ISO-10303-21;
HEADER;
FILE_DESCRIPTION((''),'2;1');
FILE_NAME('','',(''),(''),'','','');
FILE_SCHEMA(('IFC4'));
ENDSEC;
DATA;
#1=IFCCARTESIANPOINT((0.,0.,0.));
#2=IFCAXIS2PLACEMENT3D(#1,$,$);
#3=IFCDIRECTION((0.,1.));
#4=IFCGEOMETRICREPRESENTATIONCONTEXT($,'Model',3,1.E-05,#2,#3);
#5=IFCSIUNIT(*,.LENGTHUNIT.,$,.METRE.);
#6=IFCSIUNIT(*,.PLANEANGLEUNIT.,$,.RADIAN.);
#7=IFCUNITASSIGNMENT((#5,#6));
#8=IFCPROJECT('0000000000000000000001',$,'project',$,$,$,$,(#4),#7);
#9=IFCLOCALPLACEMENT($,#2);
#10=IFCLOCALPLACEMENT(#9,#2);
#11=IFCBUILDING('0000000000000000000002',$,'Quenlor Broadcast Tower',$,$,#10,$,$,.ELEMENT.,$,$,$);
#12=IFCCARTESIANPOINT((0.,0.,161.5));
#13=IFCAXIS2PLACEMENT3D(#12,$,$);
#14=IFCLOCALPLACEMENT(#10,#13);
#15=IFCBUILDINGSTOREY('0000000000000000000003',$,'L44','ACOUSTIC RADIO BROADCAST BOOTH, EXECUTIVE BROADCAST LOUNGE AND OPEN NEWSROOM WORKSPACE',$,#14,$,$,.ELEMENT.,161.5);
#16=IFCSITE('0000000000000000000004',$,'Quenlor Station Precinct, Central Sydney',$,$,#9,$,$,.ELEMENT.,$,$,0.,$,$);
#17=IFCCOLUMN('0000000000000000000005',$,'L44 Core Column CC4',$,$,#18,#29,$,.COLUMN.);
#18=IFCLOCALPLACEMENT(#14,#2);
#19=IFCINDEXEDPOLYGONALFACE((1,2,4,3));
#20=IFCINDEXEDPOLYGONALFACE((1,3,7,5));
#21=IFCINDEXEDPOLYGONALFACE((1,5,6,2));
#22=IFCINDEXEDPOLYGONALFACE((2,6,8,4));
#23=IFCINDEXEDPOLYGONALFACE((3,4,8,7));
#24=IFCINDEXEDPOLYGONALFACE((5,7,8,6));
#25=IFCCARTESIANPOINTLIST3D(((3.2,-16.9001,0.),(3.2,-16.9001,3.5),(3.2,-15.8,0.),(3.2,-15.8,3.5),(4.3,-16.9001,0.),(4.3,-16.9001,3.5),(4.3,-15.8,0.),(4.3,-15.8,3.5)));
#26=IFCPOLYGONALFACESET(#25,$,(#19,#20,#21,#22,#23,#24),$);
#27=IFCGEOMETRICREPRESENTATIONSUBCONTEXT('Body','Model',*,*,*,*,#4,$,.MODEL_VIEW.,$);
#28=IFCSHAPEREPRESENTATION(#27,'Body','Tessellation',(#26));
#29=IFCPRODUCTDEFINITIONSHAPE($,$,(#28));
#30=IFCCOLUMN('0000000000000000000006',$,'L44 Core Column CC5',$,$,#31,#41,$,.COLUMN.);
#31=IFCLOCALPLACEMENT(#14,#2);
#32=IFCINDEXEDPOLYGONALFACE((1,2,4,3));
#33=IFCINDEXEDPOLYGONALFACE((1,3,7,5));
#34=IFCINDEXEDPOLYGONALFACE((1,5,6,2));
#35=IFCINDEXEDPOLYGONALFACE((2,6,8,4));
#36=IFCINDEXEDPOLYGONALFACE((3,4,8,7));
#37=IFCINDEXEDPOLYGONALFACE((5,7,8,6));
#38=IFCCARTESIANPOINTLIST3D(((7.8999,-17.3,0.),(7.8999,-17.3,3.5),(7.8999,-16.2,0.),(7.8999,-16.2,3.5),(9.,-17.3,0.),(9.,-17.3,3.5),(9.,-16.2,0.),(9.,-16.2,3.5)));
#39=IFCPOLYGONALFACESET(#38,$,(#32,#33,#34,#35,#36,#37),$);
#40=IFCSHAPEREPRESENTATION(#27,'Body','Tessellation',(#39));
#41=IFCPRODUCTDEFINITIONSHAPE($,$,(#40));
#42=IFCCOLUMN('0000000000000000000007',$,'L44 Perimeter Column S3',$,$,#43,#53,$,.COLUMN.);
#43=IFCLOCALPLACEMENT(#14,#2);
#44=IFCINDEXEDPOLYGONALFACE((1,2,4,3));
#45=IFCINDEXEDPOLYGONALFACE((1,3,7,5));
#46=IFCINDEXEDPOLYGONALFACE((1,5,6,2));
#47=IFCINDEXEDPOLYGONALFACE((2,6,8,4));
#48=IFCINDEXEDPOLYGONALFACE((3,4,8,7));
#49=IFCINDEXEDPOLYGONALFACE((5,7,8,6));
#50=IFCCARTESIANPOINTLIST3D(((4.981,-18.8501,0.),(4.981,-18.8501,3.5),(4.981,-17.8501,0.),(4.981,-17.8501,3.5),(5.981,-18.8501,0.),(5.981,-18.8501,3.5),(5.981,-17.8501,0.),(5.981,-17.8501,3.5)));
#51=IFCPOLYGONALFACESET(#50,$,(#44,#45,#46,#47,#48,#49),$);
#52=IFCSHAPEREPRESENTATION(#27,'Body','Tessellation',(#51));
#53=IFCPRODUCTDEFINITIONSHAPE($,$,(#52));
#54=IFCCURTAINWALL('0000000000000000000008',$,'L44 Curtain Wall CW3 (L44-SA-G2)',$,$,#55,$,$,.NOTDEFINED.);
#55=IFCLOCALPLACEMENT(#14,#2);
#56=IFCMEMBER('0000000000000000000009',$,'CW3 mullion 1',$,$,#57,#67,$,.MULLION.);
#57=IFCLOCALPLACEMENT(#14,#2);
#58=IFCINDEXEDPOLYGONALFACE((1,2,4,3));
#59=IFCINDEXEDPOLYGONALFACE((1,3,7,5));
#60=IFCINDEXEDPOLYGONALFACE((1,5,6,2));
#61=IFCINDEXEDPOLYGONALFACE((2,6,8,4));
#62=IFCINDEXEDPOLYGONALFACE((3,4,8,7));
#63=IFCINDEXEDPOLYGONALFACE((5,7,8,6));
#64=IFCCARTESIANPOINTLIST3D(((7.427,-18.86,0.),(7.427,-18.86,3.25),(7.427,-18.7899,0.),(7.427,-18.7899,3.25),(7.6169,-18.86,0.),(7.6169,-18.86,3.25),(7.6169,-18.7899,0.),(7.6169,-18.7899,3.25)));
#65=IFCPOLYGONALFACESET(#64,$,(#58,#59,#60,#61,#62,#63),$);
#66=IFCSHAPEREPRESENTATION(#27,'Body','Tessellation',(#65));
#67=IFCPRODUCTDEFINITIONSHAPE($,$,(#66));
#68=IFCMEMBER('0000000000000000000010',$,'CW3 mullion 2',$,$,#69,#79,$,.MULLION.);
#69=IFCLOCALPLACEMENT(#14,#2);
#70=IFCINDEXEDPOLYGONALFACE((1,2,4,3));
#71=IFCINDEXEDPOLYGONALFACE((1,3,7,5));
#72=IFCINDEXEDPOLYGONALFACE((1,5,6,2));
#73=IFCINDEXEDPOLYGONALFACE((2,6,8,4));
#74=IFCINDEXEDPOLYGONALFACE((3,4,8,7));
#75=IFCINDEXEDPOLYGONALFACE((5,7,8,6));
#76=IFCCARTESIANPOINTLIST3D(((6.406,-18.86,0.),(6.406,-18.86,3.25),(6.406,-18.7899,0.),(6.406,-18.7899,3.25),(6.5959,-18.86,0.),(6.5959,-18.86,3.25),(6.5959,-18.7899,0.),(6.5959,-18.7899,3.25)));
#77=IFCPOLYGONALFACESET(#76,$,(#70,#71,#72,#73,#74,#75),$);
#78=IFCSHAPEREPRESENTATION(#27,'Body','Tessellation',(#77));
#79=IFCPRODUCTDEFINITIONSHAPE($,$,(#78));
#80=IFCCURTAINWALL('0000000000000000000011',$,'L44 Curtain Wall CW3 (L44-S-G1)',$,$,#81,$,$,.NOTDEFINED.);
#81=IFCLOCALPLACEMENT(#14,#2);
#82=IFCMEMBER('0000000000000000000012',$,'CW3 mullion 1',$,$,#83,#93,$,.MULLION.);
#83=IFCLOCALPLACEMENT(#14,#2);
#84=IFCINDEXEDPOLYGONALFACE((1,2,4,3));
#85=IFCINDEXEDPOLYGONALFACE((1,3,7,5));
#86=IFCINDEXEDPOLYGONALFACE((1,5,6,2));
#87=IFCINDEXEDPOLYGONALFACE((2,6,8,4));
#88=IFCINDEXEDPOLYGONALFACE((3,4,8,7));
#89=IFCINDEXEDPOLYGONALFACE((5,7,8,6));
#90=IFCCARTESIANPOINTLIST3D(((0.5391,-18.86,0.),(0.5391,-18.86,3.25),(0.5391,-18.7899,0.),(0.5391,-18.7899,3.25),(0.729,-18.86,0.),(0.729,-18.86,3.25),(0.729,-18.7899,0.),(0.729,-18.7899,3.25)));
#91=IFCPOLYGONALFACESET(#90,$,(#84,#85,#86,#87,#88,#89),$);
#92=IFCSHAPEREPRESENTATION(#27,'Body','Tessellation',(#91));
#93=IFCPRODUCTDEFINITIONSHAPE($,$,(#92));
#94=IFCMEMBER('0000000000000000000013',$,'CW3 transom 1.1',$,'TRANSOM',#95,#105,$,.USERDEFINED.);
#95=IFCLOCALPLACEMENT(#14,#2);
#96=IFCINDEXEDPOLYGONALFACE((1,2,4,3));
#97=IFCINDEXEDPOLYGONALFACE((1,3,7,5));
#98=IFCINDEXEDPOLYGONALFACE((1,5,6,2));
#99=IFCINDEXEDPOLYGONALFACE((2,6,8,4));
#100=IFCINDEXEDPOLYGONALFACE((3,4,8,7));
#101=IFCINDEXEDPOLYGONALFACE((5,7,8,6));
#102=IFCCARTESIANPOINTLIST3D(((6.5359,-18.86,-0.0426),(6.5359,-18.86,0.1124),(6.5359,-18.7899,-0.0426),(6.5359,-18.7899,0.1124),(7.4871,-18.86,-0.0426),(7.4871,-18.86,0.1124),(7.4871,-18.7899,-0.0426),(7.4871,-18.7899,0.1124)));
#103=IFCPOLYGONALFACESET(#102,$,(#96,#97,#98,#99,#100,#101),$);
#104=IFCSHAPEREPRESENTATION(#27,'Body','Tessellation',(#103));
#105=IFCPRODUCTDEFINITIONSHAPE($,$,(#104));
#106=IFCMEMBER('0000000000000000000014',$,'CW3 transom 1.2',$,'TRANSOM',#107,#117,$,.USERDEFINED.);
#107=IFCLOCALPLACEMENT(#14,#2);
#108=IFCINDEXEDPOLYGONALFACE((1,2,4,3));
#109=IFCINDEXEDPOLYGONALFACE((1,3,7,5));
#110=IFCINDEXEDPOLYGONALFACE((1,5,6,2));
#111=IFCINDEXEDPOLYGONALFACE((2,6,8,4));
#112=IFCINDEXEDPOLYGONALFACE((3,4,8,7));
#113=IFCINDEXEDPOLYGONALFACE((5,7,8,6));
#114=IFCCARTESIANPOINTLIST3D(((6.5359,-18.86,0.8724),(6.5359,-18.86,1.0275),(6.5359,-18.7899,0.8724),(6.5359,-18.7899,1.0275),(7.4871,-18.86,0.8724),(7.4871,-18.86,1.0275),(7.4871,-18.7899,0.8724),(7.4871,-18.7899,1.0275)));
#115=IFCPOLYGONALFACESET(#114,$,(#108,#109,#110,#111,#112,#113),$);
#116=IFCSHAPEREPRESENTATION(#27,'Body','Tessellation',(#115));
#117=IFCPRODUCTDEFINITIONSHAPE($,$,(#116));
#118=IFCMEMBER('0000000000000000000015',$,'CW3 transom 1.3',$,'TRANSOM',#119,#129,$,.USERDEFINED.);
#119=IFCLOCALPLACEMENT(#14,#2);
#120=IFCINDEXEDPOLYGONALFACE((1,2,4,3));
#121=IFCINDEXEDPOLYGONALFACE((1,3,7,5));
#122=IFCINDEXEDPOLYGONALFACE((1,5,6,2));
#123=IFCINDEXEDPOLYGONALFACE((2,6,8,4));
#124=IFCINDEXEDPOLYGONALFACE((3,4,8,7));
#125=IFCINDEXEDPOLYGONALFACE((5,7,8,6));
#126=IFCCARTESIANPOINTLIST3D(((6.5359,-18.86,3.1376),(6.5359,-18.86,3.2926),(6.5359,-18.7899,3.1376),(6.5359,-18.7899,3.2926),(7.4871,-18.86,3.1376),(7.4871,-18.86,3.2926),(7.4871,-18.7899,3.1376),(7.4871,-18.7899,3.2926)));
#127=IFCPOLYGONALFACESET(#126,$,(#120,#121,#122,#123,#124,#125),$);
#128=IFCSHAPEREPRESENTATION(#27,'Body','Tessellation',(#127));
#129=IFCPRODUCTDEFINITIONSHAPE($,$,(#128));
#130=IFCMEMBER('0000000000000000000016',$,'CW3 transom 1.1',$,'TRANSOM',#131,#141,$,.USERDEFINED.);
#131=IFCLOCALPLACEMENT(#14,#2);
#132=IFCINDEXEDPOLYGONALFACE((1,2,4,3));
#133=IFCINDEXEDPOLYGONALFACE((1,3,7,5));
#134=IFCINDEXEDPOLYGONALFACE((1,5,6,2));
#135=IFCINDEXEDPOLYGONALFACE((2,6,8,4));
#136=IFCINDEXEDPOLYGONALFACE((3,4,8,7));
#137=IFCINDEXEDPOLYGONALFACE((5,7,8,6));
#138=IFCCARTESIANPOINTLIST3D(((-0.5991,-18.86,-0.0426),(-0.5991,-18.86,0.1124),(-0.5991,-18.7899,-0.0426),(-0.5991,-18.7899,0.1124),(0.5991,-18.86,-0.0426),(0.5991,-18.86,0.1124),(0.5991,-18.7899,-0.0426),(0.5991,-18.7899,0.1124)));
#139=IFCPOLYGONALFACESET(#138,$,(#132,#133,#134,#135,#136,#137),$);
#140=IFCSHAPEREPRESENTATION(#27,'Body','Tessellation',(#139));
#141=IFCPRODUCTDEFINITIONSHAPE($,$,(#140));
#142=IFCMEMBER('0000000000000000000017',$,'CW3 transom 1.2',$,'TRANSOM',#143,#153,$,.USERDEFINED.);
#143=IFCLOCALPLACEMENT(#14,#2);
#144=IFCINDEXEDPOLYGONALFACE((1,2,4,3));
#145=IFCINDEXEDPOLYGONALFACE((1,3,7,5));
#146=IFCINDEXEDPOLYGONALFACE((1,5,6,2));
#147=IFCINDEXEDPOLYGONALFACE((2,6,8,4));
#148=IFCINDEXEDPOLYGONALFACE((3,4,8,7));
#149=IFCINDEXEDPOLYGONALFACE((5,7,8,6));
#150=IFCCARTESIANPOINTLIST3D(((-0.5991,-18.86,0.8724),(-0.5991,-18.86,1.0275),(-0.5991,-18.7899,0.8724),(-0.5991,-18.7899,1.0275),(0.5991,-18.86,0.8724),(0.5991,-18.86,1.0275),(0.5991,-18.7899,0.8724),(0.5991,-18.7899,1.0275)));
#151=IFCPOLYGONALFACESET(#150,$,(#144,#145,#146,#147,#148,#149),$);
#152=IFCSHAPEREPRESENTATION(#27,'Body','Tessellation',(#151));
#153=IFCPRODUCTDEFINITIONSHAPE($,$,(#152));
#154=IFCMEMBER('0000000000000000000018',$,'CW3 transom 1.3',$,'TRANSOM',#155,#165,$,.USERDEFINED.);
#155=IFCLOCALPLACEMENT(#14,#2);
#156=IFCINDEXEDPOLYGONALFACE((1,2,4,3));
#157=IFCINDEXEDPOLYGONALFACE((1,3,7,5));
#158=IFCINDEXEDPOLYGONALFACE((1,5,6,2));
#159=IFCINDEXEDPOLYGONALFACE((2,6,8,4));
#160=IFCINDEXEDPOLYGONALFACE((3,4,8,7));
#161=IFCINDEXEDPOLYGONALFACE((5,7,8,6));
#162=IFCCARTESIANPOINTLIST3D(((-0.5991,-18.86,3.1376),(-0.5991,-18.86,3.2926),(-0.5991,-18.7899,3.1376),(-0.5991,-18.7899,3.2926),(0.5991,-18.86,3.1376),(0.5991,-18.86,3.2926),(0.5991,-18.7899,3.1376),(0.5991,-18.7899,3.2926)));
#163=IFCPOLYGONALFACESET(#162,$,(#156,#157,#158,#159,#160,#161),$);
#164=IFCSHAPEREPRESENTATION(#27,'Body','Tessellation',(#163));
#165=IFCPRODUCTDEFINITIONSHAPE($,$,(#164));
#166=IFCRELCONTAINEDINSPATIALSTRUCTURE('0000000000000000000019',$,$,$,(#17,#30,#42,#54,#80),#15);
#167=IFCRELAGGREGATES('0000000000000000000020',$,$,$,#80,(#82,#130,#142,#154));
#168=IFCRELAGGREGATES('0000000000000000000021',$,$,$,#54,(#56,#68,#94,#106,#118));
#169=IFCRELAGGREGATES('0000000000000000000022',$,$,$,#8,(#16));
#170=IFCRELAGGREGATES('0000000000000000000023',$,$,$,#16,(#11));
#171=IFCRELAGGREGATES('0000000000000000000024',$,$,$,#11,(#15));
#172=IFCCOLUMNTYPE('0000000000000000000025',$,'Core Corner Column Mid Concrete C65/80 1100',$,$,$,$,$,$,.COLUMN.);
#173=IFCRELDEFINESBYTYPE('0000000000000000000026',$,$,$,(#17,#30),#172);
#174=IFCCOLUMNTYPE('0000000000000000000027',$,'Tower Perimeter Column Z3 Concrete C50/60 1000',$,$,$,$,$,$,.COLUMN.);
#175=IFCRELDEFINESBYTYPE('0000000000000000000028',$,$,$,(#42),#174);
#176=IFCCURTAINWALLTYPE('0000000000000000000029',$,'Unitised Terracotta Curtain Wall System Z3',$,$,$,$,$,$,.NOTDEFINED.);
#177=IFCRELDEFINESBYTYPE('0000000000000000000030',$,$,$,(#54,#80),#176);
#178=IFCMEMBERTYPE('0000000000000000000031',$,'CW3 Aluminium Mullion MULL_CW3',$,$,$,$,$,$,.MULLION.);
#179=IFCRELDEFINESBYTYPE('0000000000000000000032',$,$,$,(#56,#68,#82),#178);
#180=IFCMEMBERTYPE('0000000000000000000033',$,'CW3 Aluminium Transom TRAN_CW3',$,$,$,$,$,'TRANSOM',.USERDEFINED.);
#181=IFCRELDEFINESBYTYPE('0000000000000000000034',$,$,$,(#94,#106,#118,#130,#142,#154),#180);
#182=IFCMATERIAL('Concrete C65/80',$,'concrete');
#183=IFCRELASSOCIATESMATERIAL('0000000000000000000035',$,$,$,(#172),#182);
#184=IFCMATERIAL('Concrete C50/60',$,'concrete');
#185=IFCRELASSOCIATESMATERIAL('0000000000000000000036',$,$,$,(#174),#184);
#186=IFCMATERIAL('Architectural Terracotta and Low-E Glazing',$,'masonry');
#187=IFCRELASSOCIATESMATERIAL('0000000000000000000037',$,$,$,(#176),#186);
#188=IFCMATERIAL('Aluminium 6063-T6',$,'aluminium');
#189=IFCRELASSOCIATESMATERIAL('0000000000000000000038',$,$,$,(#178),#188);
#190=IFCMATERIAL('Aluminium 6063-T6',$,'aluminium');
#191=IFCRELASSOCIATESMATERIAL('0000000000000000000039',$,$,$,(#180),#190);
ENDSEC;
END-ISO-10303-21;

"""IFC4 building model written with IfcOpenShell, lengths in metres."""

from ifc_helpers import new_model, si_unit, direction, frame, origin, origin_2d, place, context, subcontext, project, spatial, rectangle, extrude, material, material_profile, profile_set, type_object, element, aggregate, save


model = new_model("IFC4")

# Units and contexts
model_context = context("Model", 3, precision=1e-05, world=origin(), true_north=direction((0.0, 1.0)))
body_context = subcontext(model_context, "Body", "Model", "MODEL_VIEW")
ifc_project = project(units=[si_unit("LENGTHUNIT", "METRE"), si_unit("PLANEANGLEUNIT", "RADIAN")], contexts=[model_context])

# Site, building, storey
site_placement = place(None, origin())
site = spatial("IfcSite", under=ifc_project, at=site_placement, Name="Quenlor Station Precinct, Central Sydney", CompositionType="ELEMENT", RefElevation=0.0)
building_placement = place(site_placement, origin())
building = spatial("IfcBuilding", under=site, at=building_placement, Name="Quenlor Broadcast Tower", CompositionType="ELEMENT")
storey_placement = place(building_placement, frame((0.0, 0.0, 161.5)))
storey = spatial("IfcBuildingStorey", under=building, at=storey_placement, Name="L44", Description="ACOUSTIC RADIO BROADCAST BOOTH, EXECUTIVE BROADCAST LOUNGE AND OPEN NEWSROOM WORKSPACE", CompositionType="ELEMENT", Elevation=161.5)

# Columns
ifc_material_1 = material(Name="Concrete C65/80", Category="concrete")
ifc_material_profile_1 = material_profile(ifc_material_1, rectangle(XDim=1.1001, YDim=1.1001, at=origin_2d()))
ifc_profile_set_1 = profile_set([ifc_material_profile_1], Name="Concrete C65/80 RC1100x1100")
column_type_1 = type_object("IfcColumnType", Name="Core Corner Column Mid Concrete C65/80 1100", PredefinedType="COLUMN", material=ifc_profile_set_1)
for number, where, z_axis, x_axis, name in (
    (1, (3.75, -16.3501, 0.0), (0.0, 0.0, 1.0), (1.0, 0.0, 0.0), "L44 Core Column CC4"),
    (2, (8.45, -16.75, 0.0), (0.0, 0.0, 1.0), (1.0, 0.0, 0.0), "L44 Core Column CC5"),
):
    element("IfcColumn", number, at=place(storey_placement, frame(where, z_axis=z_axis, x_axis=x_axis)), inside=storey, type_object=column_type_1, Name=name, PredefinedType="COLUMN", context=body_context, shape_type="SweptSolid", body=[
        extrude(rectangle(XDim=1.1001, YDim=1.1001, at=origin_2d()), origin(), (0.0, 0.0, 1.0), 3.5),
    ])
ifc_material_2 = material(Name="Concrete C50/60", Category="concrete")
ifc_material_profile_2 = material_profile(ifc_material_2, rectangle(XDim=1.0, YDim=1.0, at=origin_2d()))
ifc_profile_set_2 = profile_set([ifc_material_profile_2], Name="Concrete C50/60 RC1000x1000")
column_type_2 = type_object("IfcColumnType", Name="Tower Perimeter Column Z3 Concrete C50/60 1000", PredefinedType="COLUMN", material=ifc_profile_set_2)
column_placement = place(storey_placement, frame((5.481, -18.3501, 0.0), z_axis=(0.0, 0.0, 1.0), x_axis=(0.0, 1.0, 0.0)))
element("IfcColumn", 3, at=column_placement, inside=storey, type_object=column_type_2, Name="L44 Perimeter Column S3", PredefinedType="COLUMN", context=body_context, shape_type="SweptSolid", body=[
    extrude(rectangle(XDim=1.0, YDim=1.0, at=origin_2d()), origin(), (0.0, 0.0, 1.0), 3.5),
])

# Curtain wall, members
ifc_material_3 = material(Name="Architectural Terracotta and Low-E Glazing", Category="masonry")
curtain_wall_type = type_object("IfcCurtainWallType", Name="Unitised Terracotta Curtain Wall System Z3", PredefinedType="NOTDEFINED", material=ifc_material_3)
curtain_wall_1_placement = place(storey_placement, origin())
curtain_wall_1 = element("IfcCurtainWall", 4, at=curtain_wall_1_placement, inside=storey, type_object=curtain_wall_type, Name="L44 Curtain Wall CW3 (L44-SA-G2)", PredefinedType="NOTDEFINED")
ifc_material_4 = material(Name="Aluminium 6063-T6", Category="aluminium")
ifc_material_profile_3 = material_profile(ifc_material_4, rectangle(XDim=0.0701, YDim=0.1899, at=origin_2d()))
ifc_profile_set_3 = profile_set([ifc_material_profile_3], Name="Aluminium 6063-T6 MULL70x190")
member_type_1 = type_object("IfcMemberType", Name="CW3 Aluminium Mullion MULL_CW3", PredefinedType="MULLION", material=ifc_profile_set_3)
member_1_placement = place(storey_placement, frame((7.522, -18.825, 0.0), z_axis=(0.0, 0.0, 1.0), x_axis=(0.0, -1.0, 0.0)))
member_1 = element("IfcMember", 5, at=member_1_placement, type_object=member_type_1, Name="CW3 mullion 1", PredefinedType="MULLION", context=body_context, shape_type="SweptSolid", body=[
    extrude(rectangle(XDim=0.0701, YDim=0.1899, at=origin_2d()), origin(), (0.0, 0.0, 1.0), 3.25),
])
member_2_placement = place(storey_placement, frame((6.501, -18.825, 0.0), z_axis=(0.0, 0.0, 1.0), x_axis=(0.0, -1.0, 0.0)))
member_2 = element("IfcMember", 6, at=member_2_placement, type_object=member_type_1, Name="CW3 mullion 2", PredefinedType="MULLION", context=body_context, shape_type="SweptSolid", body=[
    extrude(rectangle(XDim=0.0701, YDim=0.1899, at=origin_2d()), origin(), (0.0, 0.0, 1.0), 3.25),
])

# Curtain wall, member
curtain_wall_2_placement = place(storey_placement, origin())
curtain_wall_2 = element("IfcCurtainWall", 7, at=curtain_wall_2_placement, inside=storey, type_object=curtain_wall_type, Name="L44 Curtain Wall CW3 (L44-S-G1)", PredefinedType="NOTDEFINED")
member_3_placement = place(storey_placement, frame((0.634, -18.825, 0.0), z_axis=(0.0, 0.0, 1.0), x_axis=(0.0, -1.0, 0.0)))
member_3 = element("IfcMember", 8, at=member_3_placement, type_object=member_type_1, Name="CW3 mullion 1", PredefinedType="MULLION", context=body_context, shape_type="SweptSolid", body=[
    extrude(rectangle(XDim=0.0701, YDim=0.1899, at=origin_2d()), origin(), (0.0, 0.0, 1.0), 3.25),
])

# Members
ifc_material_5 = material(Name="Aluminium 6063-T6", Category="aluminium")
ifc_material_profile_4 = material_profile(ifc_material_5, rectangle(XDim=0.0701, YDim=0.155, at=origin_2d()))
ifc_profile_set_4 = profile_set([ifc_material_profile_4], Name="Aluminium 6063-T6 TRAN70x155")
member_type_2 = type_object("IfcMemberType", Name="CW3 Aluminium Transom TRAN_CW3", ElementType="TRANSOM", PredefinedType="USERDEFINED", material=ifc_profile_set_4)
member_4_placement = place(storey_placement, frame((7.4871, -18.825, 0.0349), z_axis=(-1.0, 0.0, 0.0), x_axis=(0.0, -1.0, 0.0)))
member_4 = element("IfcMember", 9, at=member_4_placement, type_object=member_type_2, Name="CW3 transom 1.1", ObjectType="TRANSOM", PredefinedType="USERDEFINED", context=body_context, shape_type="SweptSolid", body=[
    extrude(rectangle(XDim=0.0701, YDim=0.155, at=origin_2d()), origin(), (0.0, 0.0, 1.0), 0.9512),
])
member_5_placement = place(storey_placement, frame((7.4871, -18.825, 0.95), z_axis=(-1.0, 0.0, 0.0), x_axis=(0.0, -1.0, 0.0)))
member_5 = element("IfcMember", 10, at=member_5_placement, type_object=member_type_2, Name="CW3 transom 1.2", ObjectType="TRANSOM", PredefinedType="USERDEFINED", context=body_context, shape_type="SweptSolid", body=[
    extrude(rectangle(XDim=0.0701, YDim=0.155, at=origin_2d()), origin(), (0.0, 0.0, 1.0), 0.9512),
])
member_6_placement = place(storey_placement, frame((7.4871, -18.825, 3.2151), z_axis=(-1.0, 0.0, 0.0), x_axis=(0.0, -1.0, 0.0)))
member_6 = element("IfcMember", 11, at=member_6_placement, type_object=member_type_2, Name="CW3 transom 1.3", ObjectType="TRANSOM", PredefinedType="USERDEFINED", context=body_context, shape_type="SweptSolid", body=[
    extrude(rectangle(XDim=0.0701, YDim=0.155, at=origin_2d()), origin(), (0.0, 0.0, 1.0), 0.9512),
])
member_7_placement = place(storey_placement, frame((0.5991, -18.825, 0.0349), z_axis=(-1.0, 0.0, 0.0), x_axis=(0.0, -1.0, 0.0)))
member_7 = element("IfcMember", 12, at=member_7_placement, type_object=member_type_2, Name="CW3 transom 1.1", ObjectType="TRANSOM", PredefinedType="USERDEFINED", context=body_context, shape_type="SweptSolid", body=[
    extrude(rectangle(XDim=0.0701, YDim=0.155, at=origin_2d()), origin(), (0.0, 0.0, 1.0), 1.1982),
])
member_8_placement = place(storey_placement, frame((0.5991, -18.825, 0.95), z_axis=(-1.0, 0.0, 0.0), x_axis=(0.0, -1.0, 0.0)))
member_8 = element("IfcMember", 13, at=member_8_placement, type_object=member_type_2, Name="CW3 transom 1.2", ObjectType="TRANSOM", PredefinedType="USERDEFINED", context=body_context, shape_type="SweptSolid", body=[
    extrude(rectangle(XDim=0.0701, YDim=0.155, at=origin_2d()), origin(), (0.0, 0.0, 1.0), 1.1982),
])
member_9_placement = place(storey_placement, frame((0.5991, -18.825, 3.2151), z_axis=(-1.0, 0.0, 0.0), x_axis=(0.0, -1.0, 0.0)))
member_9 = element("IfcMember", 14, at=member_9_placement, type_object=member_type_2, Name="CW3 transom 1.3", ObjectType="TRANSOM", PredefinedType="USERDEFINED", context=body_context, shape_type="SweptSolid", body=[
    extrude(rectangle(XDim=0.0701, YDim=0.155, at=origin_2d()), origin(), (0.0, 0.0, 1.0), 1.1982),
])
aggregate(curtain_wall_2, [member_3, member_7, member_8, member_9])

aggregate(curtain_wall_1, [member_1, member_2, member_4, member_5, member_6])

save(model, "model.ifc")
